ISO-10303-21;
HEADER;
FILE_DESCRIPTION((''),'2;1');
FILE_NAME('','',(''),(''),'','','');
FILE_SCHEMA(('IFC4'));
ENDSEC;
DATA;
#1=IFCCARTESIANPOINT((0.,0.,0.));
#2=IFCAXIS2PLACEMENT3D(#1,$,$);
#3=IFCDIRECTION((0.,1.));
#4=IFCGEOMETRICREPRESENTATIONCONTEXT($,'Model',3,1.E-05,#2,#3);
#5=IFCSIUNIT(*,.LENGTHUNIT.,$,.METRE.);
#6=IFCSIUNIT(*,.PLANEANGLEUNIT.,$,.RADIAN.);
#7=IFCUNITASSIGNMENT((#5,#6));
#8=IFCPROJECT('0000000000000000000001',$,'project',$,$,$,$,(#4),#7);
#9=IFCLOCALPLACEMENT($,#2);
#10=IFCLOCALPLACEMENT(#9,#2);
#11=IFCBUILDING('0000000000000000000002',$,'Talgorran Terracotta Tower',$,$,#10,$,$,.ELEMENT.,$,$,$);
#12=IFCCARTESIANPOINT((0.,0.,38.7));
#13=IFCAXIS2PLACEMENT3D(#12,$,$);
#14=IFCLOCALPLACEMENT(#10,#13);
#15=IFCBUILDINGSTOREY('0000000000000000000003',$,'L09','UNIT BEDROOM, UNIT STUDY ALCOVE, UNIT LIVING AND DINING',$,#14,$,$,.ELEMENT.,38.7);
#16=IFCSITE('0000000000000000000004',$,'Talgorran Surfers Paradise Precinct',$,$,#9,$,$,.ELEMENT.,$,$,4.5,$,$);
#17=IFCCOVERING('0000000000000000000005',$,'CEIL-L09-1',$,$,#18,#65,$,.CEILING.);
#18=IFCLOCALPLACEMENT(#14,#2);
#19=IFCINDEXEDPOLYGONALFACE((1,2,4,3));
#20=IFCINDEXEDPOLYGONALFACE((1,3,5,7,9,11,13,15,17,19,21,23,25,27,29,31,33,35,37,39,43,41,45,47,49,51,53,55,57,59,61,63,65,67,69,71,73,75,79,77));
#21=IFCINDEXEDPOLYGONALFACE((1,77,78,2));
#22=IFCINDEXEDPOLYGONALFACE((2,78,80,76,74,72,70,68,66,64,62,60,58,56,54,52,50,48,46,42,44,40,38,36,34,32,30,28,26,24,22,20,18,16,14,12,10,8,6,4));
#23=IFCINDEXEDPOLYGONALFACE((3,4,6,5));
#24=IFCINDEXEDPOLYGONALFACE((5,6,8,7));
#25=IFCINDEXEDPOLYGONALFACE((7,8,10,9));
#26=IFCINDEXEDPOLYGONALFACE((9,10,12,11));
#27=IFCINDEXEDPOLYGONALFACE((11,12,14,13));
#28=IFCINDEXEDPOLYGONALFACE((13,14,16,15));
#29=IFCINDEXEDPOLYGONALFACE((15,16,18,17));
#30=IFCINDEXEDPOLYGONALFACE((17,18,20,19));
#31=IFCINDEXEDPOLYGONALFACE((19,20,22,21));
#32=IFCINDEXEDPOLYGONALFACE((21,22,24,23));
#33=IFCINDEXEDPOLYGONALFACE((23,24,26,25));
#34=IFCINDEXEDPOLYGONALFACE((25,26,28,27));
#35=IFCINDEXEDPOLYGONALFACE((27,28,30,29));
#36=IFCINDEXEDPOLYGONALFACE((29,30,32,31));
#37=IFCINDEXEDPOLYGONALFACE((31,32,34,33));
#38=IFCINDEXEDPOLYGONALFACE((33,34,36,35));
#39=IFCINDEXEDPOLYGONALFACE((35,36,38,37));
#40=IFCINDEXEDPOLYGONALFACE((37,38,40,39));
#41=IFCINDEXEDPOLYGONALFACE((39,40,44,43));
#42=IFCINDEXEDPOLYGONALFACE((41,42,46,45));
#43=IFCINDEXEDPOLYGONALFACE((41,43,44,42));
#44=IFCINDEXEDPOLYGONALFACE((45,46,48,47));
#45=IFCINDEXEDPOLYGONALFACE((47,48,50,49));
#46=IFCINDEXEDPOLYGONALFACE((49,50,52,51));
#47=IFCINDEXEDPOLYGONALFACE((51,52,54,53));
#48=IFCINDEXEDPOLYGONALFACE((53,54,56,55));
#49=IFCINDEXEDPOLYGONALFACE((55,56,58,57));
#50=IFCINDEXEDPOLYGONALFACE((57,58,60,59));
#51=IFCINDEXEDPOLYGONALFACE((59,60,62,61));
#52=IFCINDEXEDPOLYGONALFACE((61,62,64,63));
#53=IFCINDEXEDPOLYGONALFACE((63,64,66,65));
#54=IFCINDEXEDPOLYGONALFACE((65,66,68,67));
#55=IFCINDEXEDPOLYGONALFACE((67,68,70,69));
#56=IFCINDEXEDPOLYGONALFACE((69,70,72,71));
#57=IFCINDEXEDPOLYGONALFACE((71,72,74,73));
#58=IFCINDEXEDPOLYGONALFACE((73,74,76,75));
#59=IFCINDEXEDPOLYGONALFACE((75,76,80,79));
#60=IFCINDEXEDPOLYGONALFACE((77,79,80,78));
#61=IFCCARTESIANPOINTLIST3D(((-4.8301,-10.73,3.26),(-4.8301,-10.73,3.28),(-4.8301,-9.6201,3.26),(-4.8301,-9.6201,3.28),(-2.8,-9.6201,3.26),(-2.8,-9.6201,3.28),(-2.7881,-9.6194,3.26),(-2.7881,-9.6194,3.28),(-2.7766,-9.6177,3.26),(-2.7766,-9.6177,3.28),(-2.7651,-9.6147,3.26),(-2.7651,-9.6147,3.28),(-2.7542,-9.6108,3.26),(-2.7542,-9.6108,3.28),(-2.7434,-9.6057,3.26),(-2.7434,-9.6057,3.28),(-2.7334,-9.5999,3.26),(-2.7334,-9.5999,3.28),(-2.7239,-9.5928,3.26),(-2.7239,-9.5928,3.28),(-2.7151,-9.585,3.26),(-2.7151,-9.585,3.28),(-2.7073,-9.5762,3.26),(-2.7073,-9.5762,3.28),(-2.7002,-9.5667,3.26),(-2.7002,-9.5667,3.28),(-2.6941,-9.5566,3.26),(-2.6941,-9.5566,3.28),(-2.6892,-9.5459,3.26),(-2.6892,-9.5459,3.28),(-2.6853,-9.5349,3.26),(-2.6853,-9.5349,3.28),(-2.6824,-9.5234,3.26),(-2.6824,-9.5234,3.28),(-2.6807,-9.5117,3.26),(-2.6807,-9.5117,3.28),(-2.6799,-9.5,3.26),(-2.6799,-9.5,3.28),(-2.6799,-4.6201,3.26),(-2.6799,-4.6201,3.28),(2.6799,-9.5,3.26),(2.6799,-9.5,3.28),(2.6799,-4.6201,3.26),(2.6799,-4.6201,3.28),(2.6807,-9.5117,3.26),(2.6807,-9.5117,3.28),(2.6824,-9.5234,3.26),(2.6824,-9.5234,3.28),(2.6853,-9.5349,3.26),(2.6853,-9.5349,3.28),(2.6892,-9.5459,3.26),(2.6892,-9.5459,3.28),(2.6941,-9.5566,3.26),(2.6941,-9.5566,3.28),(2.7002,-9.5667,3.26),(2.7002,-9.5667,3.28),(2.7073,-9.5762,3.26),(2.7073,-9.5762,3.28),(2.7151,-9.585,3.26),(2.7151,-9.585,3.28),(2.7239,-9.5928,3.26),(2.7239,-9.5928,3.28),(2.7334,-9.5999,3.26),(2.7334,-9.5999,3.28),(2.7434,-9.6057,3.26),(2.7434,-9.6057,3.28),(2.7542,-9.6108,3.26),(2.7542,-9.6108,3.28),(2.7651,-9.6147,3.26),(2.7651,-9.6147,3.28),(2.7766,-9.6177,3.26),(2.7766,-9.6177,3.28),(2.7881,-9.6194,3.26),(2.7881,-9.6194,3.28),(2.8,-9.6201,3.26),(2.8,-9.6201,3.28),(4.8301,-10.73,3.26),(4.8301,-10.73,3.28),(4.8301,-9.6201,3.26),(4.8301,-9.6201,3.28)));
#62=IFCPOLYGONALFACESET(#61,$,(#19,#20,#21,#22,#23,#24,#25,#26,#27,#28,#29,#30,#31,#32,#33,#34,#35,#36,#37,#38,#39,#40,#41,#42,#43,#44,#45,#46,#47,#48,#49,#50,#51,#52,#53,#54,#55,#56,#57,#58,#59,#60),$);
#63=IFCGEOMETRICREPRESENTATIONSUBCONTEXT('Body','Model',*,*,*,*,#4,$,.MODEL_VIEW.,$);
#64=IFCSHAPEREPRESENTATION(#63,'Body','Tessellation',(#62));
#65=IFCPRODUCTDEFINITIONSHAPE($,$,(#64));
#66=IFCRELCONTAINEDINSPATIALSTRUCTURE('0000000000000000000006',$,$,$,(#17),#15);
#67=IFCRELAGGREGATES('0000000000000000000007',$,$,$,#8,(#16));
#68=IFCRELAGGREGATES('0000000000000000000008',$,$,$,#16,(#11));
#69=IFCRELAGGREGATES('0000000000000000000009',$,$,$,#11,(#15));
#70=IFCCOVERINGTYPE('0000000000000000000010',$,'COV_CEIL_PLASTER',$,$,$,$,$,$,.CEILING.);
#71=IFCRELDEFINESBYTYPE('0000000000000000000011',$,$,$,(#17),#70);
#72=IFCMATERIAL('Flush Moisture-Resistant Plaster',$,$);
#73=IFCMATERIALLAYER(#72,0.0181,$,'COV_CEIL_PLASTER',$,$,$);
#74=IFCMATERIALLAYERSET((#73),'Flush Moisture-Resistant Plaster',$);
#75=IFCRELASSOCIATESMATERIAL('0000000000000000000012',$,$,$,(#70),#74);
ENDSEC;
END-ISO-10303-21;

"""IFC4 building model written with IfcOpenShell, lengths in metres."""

from ifc_helpers import new_model, si_unit, direction, frame, origin, place, context, subcontext, project, spatial, polyline, outline, extrude, material, layer, layer_set, type_object, element, save


model = new_model("IFC4")

# Units and contexts
model_context = context("Model", 3, precision=1e-05, world=origin(), true_north=direction((0.0, 1.0)))
body_context = subcontext(model_context, "Body", "Model", "MODEL_VIEW")
ifc_project = project(units=[si_unit("LENGTHUNIT", "METRE"), si_unit("PLANEANGLEUNIT", "RADIAN")], contexts=[model_context])

# Site, building, storey
site_placement = place(None, origin())
site = spatial("IfcSite", under=ifc_project, at=site_placement, Name="Talgorran Surfers Paradise Precinct", CompositionType="ELEMENT", RefElevation=4.5)
building_placement = place(site_placement, origin())
building = spatial("IfcBuilding", under=site, at=building_placement, Name="Talgorran Terracotta Tower", CompositionType="ELEMENT")
storey_placement = place(building_placement, frame((0.0, 0.0, 38.7)))
storey = spatial("IfcBuildingStorey", under=building, at=storey_placement, Name="L09", Description="UNIT BEDROOM, UNIT STUDY ALCOVE, UNIT LIVING AND DINING", CompositionType="ELEMENT", Elevation=38.7)

# Covering
ifc_material_1 = material(Name="Flush Moisture-Resistant Plaster")
ifc_layer_1 = layer(ifc_material_1, 0.0181, Name="COV_CEIL_PLASTER")
ifc_layer_set_1 = layer_set([ifc_layer_1], Name="Flush Moisture-Resistant Plaster")
covering_type_1 = type_object("IfcCoveringType", Name="COV_CEIL_PLASTER", PredefinedType="CEILING", material=ifc_layer_set_1)
covering_1_placement = place(storey_placement, frame((0.0, 0.0, 3.26)))
element("IfcCovering", 1, at=covering_1_placement, inside=storey, type_object=covering_type_1, Name="CEIL-L09-1", PredefinedType="CEILING", context=body_context, shape_type="SweptSolid", body=[
    extrude(outline(polyline([(-4.8301, -9.6201), (-2.8, -9.6201), (-2.7881, -9.6194), (-2.7766, -9.6177), (-2.7651, -9.6147), (-2.7542, -9.6108), (-2.7434, -9.6057), (-2.7334, -9.5999), (-2.7239, -9.5928), (-2.7151, -9.585), (-2.7073, -9.5762), (-2.7002, -9.5667), (-2.6941, -9.5566), (-2.6892, -9.5459), (-2.6853, -9.5349), (-2.6824, -9.5234), (-2.6807, -9.5117), (-2.6799, -9.5), (-2.6799, -4.6201), (2.6799, -4.6201), (2.6799, -9.5), (2.6807, -9.5117), (2.6824, -9.5234), (2.6853, -9.5349), (2.6892, -9.5459), (2.6941, -9.5566), (2.7002, -9.5667), (2.7073, -9.5762), (2.7151, -9.585), (2.7239, -9.5928), (2.7334, -9.5999), (2.7434, -9.6057), (2.7542, -9.6108), (2.7651, -9.6147), (2.7766, -9.6177), (2.7881, -9.6194), (2.8, -9.6201), (4.8301, -9.6201), (4.8301, -10.73), (-4.8301, -10.73), (-4.8301, -9.6201)])), origin(), (0.0, 0.0, 1.0), 0.02),
])

save(model, "model.ifc")
